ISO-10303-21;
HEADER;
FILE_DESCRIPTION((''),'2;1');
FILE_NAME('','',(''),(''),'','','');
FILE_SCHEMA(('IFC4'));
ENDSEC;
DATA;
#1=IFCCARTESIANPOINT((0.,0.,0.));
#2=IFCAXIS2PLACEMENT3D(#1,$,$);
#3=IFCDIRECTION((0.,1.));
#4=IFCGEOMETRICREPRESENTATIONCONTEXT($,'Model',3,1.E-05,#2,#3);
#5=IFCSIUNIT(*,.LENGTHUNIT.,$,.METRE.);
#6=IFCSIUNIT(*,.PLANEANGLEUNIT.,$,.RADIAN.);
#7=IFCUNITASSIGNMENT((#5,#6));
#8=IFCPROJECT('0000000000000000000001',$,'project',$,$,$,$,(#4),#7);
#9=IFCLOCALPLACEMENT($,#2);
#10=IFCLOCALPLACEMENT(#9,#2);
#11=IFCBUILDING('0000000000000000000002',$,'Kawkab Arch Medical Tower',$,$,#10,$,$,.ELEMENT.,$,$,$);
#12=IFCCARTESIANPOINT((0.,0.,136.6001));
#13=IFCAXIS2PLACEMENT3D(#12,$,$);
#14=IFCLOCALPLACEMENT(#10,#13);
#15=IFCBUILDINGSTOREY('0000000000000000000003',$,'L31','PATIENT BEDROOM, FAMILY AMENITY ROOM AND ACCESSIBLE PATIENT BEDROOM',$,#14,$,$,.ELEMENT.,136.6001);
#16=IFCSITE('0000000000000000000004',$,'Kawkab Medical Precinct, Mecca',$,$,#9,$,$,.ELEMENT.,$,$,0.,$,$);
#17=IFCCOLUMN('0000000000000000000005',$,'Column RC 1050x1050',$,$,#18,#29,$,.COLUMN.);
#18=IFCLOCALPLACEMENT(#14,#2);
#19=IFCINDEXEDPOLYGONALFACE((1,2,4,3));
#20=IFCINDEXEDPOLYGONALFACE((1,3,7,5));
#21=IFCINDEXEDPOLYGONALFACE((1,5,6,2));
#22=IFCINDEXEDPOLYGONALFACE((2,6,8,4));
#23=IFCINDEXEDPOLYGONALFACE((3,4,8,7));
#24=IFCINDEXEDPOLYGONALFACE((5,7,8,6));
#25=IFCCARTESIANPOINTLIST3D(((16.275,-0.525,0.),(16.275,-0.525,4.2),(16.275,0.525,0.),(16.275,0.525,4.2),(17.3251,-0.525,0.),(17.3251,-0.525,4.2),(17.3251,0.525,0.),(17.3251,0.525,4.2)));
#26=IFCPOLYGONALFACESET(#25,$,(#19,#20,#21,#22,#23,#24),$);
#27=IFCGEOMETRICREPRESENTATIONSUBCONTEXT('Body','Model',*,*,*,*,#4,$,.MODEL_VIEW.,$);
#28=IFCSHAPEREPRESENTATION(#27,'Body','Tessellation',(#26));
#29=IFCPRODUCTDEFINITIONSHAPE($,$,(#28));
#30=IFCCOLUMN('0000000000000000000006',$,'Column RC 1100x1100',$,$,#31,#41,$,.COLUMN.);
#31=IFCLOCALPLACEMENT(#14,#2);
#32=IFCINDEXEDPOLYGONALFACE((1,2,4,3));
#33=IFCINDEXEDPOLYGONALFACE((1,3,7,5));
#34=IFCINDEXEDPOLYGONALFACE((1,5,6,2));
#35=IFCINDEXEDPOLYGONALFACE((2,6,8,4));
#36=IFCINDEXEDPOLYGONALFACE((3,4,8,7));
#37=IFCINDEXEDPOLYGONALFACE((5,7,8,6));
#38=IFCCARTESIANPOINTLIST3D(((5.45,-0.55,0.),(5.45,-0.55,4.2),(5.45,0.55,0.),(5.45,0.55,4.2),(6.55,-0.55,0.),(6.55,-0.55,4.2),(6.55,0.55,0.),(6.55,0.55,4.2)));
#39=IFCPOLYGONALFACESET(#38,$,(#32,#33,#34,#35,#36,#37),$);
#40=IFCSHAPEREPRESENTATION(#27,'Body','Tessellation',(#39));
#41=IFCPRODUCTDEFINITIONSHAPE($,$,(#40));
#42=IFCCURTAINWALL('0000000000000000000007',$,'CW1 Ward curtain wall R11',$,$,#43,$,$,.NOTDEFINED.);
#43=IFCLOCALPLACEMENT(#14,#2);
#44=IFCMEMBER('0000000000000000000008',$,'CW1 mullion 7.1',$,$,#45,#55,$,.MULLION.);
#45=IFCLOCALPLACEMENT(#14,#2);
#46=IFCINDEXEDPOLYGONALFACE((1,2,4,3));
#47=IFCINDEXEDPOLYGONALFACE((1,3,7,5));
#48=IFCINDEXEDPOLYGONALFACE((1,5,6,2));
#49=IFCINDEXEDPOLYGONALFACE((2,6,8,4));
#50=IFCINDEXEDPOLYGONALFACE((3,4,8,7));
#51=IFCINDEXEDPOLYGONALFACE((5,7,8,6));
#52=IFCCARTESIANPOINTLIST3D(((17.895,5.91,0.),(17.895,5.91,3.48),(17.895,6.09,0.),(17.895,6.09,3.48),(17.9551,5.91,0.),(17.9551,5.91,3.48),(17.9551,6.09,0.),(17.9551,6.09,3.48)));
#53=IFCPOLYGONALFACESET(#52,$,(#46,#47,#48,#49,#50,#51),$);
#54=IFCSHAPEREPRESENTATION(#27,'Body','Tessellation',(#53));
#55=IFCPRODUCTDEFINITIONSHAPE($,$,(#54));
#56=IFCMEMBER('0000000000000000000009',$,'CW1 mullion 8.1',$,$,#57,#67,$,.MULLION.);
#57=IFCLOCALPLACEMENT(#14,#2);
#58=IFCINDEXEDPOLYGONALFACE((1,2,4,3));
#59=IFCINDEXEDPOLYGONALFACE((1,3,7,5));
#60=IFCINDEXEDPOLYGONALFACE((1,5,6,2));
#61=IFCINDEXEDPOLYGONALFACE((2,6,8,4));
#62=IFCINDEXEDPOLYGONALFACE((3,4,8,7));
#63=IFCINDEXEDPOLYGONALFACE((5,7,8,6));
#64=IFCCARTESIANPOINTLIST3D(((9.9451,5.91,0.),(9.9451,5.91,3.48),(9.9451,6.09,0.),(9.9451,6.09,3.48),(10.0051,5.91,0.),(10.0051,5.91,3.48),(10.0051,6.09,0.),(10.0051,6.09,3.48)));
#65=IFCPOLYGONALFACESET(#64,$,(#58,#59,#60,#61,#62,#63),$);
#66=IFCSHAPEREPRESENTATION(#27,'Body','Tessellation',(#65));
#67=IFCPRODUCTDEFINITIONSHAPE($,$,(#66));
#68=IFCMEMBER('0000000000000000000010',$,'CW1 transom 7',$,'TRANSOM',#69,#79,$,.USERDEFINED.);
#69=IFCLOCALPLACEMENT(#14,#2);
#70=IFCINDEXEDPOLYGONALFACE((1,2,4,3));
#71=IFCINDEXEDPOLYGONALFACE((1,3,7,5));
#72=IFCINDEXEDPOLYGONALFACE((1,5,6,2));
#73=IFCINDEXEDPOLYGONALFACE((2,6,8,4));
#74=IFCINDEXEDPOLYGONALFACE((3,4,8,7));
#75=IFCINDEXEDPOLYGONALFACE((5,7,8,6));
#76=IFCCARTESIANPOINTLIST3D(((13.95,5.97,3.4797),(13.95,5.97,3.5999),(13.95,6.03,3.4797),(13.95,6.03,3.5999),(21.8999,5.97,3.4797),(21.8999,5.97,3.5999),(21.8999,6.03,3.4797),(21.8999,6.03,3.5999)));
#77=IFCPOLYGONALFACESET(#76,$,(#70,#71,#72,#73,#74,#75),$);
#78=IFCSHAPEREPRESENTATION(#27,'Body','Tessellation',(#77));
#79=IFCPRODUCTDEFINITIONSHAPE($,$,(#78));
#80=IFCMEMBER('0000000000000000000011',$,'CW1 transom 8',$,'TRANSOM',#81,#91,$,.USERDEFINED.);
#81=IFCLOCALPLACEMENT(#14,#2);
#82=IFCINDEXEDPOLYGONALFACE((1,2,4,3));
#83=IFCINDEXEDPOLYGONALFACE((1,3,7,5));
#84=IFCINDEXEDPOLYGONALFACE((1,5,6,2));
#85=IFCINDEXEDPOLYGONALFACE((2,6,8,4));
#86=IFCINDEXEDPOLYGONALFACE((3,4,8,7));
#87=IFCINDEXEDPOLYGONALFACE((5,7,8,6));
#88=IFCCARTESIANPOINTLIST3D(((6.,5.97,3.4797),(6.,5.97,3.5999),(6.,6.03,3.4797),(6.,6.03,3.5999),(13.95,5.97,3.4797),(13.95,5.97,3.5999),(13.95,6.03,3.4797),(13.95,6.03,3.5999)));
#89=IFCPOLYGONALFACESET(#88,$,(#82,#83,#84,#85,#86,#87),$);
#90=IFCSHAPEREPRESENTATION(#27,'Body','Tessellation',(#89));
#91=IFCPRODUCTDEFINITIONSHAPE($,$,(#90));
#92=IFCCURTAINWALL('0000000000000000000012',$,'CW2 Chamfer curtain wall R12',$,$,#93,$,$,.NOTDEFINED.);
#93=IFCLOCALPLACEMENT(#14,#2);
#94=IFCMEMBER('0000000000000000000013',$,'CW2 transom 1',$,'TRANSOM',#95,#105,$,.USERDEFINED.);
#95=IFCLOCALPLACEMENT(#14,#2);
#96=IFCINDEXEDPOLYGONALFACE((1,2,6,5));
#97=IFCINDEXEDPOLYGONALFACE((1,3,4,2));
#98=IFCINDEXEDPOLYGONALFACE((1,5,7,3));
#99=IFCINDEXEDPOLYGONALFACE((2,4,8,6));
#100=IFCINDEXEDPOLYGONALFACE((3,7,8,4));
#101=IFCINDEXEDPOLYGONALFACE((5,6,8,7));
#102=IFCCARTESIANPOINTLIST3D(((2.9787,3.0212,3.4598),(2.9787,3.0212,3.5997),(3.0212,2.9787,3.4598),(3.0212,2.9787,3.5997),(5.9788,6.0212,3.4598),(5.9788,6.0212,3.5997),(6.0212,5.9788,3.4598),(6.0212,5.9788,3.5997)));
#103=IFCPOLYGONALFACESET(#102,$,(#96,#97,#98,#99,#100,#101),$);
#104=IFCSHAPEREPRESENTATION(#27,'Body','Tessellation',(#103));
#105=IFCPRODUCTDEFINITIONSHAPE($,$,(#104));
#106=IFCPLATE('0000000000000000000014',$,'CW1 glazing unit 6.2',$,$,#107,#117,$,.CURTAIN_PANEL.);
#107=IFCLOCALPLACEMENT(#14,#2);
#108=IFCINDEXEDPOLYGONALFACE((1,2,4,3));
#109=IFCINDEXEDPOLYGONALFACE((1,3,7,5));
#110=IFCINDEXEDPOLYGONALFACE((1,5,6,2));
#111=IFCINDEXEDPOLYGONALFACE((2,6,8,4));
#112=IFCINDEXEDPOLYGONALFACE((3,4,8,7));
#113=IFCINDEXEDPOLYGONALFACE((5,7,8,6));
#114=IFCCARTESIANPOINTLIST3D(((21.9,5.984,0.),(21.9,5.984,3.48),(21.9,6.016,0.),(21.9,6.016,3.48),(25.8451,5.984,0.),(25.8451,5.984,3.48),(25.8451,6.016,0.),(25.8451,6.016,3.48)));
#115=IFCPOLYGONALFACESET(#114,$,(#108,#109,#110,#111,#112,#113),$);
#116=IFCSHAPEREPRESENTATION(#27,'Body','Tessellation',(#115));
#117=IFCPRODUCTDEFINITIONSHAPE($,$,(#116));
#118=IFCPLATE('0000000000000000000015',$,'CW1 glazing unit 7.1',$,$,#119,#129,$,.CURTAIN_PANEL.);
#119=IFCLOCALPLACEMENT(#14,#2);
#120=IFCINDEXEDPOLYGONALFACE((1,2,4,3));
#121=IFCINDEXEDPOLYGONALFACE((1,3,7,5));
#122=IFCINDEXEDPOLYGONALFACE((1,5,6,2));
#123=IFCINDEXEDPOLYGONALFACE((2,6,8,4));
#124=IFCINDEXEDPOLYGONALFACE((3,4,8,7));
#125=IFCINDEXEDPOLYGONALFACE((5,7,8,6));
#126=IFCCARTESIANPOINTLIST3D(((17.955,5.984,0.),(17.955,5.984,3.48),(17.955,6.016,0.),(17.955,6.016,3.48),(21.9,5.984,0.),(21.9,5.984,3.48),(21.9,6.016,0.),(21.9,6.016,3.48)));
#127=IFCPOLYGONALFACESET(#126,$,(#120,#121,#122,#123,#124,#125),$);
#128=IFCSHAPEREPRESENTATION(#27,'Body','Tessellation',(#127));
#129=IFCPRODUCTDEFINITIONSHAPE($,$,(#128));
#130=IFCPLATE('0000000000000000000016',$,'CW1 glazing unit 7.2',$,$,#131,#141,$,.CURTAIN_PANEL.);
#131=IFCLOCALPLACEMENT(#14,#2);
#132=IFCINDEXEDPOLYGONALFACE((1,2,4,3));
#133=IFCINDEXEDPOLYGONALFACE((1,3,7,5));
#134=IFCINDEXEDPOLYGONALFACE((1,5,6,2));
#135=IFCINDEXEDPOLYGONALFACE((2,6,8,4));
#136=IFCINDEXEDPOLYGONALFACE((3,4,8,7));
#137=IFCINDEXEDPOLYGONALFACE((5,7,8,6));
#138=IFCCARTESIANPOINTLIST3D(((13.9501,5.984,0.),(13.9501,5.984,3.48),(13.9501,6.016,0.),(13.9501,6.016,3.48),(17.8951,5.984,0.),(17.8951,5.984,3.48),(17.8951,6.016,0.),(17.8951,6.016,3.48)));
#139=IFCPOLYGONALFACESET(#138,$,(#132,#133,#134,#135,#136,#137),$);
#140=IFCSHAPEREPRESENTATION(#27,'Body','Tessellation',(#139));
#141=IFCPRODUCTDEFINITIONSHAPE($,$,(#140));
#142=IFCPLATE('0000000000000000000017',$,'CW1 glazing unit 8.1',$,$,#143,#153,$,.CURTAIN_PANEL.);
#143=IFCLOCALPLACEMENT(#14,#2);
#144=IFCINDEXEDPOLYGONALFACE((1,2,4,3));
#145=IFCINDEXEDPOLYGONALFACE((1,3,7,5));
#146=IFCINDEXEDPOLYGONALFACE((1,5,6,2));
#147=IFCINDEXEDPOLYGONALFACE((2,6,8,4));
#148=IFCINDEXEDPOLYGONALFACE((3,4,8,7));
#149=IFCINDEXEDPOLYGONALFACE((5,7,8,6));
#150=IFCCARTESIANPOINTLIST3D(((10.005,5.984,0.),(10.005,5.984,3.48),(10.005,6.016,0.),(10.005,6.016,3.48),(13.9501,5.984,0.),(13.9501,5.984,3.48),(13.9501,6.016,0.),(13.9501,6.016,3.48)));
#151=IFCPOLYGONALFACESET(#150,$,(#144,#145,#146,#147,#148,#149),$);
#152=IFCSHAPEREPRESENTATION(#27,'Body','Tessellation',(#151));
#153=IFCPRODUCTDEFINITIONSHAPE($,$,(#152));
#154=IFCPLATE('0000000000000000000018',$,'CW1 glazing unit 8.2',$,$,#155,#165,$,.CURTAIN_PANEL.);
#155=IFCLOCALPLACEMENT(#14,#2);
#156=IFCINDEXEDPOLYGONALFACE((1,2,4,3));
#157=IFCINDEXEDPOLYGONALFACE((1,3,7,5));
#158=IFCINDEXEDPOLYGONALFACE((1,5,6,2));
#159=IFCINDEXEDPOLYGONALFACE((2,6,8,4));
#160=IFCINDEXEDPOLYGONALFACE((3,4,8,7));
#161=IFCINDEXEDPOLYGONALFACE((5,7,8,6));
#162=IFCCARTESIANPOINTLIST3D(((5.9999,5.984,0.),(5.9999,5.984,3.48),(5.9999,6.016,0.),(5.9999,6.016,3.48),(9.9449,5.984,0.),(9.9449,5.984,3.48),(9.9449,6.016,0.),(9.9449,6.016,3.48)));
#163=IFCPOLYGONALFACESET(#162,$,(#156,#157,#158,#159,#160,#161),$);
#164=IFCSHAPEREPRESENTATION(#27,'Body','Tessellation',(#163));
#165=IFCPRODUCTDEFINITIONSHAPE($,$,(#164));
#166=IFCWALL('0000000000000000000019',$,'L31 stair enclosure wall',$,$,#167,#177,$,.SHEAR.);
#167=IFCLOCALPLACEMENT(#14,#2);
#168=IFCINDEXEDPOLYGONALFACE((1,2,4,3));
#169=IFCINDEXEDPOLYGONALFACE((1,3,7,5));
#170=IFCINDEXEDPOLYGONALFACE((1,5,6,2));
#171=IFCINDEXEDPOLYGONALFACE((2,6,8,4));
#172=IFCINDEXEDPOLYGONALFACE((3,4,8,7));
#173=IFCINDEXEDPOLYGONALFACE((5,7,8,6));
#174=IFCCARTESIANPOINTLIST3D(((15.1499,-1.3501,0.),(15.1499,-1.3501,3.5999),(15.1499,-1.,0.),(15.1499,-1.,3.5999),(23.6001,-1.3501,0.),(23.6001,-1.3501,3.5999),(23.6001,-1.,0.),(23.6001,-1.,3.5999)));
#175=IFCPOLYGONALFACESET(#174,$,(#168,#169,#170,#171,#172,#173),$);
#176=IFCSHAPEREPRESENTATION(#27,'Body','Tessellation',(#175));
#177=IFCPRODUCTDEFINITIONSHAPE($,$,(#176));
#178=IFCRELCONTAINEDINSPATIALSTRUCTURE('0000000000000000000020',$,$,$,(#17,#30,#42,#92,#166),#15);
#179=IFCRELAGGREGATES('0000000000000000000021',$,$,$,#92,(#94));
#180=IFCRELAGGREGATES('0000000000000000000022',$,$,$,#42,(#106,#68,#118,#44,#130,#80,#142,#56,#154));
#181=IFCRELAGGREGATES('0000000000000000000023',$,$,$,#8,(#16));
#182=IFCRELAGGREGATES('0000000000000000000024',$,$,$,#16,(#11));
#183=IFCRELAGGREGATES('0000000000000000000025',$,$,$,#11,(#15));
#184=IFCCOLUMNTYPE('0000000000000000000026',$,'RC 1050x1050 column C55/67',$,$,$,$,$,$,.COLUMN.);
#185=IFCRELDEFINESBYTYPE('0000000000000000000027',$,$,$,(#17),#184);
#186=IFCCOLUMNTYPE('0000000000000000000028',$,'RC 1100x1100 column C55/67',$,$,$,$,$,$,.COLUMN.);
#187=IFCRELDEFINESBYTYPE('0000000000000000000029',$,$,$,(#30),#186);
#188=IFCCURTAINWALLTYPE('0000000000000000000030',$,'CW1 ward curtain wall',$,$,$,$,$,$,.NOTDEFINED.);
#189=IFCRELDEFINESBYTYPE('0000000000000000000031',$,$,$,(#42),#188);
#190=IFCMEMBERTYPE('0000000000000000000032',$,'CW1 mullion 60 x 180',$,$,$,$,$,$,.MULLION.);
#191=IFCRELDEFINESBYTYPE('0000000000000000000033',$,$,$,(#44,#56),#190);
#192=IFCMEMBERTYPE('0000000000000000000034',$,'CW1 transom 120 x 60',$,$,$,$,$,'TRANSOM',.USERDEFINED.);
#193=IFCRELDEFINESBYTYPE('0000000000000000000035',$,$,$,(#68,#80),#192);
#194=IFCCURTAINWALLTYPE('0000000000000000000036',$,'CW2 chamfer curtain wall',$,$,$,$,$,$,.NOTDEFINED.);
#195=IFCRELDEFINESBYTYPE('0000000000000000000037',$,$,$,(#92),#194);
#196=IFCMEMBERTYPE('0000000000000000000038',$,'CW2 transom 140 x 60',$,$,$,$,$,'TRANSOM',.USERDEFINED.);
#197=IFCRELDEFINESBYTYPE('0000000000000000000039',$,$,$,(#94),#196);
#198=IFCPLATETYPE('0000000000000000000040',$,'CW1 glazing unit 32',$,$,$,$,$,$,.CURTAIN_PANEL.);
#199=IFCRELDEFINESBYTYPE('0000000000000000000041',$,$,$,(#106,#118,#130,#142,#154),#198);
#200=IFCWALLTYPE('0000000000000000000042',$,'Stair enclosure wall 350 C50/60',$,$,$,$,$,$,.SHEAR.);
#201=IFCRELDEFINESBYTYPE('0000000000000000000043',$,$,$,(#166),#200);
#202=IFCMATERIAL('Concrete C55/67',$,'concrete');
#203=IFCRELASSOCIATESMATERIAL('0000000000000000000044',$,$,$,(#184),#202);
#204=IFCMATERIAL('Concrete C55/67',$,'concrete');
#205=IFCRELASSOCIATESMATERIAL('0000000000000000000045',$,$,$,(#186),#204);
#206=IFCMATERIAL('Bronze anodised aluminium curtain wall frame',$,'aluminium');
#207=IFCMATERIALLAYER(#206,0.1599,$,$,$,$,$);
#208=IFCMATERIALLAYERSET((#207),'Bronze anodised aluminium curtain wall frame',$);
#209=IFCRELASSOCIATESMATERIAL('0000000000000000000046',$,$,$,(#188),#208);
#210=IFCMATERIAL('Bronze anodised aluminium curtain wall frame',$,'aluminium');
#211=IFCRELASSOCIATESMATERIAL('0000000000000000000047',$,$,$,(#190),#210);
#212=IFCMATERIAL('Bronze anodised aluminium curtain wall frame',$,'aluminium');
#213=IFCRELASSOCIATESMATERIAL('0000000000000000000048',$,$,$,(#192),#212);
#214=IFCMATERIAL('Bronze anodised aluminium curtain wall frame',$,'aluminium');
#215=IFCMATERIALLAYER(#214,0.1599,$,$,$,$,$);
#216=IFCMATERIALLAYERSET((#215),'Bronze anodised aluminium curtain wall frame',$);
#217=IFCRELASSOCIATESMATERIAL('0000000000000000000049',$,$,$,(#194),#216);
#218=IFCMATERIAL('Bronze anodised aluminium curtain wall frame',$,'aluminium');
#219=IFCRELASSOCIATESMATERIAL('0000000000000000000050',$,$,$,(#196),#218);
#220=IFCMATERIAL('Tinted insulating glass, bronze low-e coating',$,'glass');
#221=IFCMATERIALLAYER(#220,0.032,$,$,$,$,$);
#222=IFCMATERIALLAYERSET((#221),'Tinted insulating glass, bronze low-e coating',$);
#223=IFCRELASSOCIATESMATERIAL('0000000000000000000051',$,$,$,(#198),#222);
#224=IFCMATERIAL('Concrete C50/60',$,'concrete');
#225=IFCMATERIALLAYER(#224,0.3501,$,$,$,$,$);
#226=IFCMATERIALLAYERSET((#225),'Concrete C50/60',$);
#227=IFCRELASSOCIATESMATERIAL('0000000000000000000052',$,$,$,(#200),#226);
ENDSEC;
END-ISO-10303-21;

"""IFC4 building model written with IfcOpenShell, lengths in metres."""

from ifc_helpers import new_model, si_unit, direction, frame, frame_2d, origin, origin_2d, place, context, subcontext, project, spatial, rectangle, extrude, material, layer, layer_set, material_profile, profile_set, type_object, element, aggregate, save


model = new_model("IFC4")

# Units and contexts
model_context = context("Model", 3, precision=1e-05, world=origin(), true_north=direction((0.0, 1.0)))
body_context = subcontext(model_context, "Body", "Model", "MODEL_VIEW")
ifc_project = project(units=[si_unit("LENGTHUNIT", "METRE"), si_unit("PLANEANGLEUNIT", "RADIAN")], contexts=[model_context])

# Site, building, storey
site_placement = place(None, origin())
site = spatial("IfcSite", under=ifc_project, at=site_placement, Name="Kawkab Medical Precinct, Mecca", CompositionType="ELEMENT", RefElevation=0.0)
building_placement = place(site_placement, origin())
building = spatial("IfcBuilding", under=site, at=building_placement, Name="Kawkab Arch Medical Tower", CompositionType="ELEMENT")
storey_placement = place(building_placement, frame((0.0, 0.0, 136.6001)))
storey = spatial("IfcBuildingStorey", under=building, at=storey_placement, Name="L31", Description="PATIENT BEDROOM, FAMILY AMENITY ROOM AND ACCESSIBLE PATIENT BEDROOM", CompositionType="ELEMENT", Elevation=136.6001)

# Columns
ifc_material_1 = material(Name="Concrete C55/67", Category="concrete")
ifc_material_profile_1 = material_profile(ifc_material_1, rectangle(XDim=1.05, YDim=1.05, at=origin_2d()), Name="RC 1050x1050")
ifc_profile_set_1 = profile_set([ifc_material_profile_1], Name="Concrete C55/67")
column_type_1 = type_object("IfcColumnType", Name="RC 1050x1050 column C55/67", PredefinedType="COLUMN", material=ifc_profile_set_1)
column_1_placement = place(storey_placement, frame((16.8, 0.0, 0.0), z_axis=(0.0, 0.0, 1.0), x_axis=(1.0, 0.0, 0.0)))
element("IfcColumn", 1, at=column_1_placement, inside=storey, type_object=column_type_1, Name="Column RC 1050x1050", PredefinedType="COLUMN", context=body_context, shape_type="SweptSolid", body=[
    extrude(rectangle(XDim=1.05, YDim=1.05, at=origin_2d()), origin(), (0.0, 0.0, 1.0), 4.2),
])
ifc_material_2 = material(Name="Concrete C55/67", Category="concrete")
ifc_material_profile_2 = material_profile(ifc_material_2, rectangle(XDim=1.1001, YDim=1.1001, at=origin_2d()), Name="RC 1100x1100")
ifc_profile_set_2 = profile_set([ifc_material_profile_2], Name="Concrete C55/67")
column_type_2 = type_object("IfcColumnType", Name="RC 1100x1100 column C55/67", PredefinedType="COLUMN", material=ifc_profile_set_2)
column_2_placement = place(storey_placement, frame((6.0, 0.0, 0.0), z_axis=(0.0, 0.0, 1.0), x_axis=(1.0, 0.0, 0.0)))
element("IfcColumn", 2, at=column_2_placement, inside=storey, type_object=column_type_2, Name="Column RC 1100x1100", PredefinedType="COLUMN", context=body_context, shape_type="SweptSolid", body=[
    extrude(rectangle(XDim=1.1001, YDim=1.1001, at=origin_2d()), origin(), (0.0, 0.0, 1.0), 4.2),
])

# Curtain wall, members
ifc_material_3 = material(Name="Bronze anodised aluminium curtain wall frame", Category="aluminium")
ifc_layer_1 = layer(ifc_material_3, 0.1599)
ifc_layer_set_1 = layer_set([ifc_layer_1], Name="Bronze anodised aluminium curtain wall frame")
curtain_wall_type_1 = type_object("IfcCurtainWallType", Name="CW1 ward curtain wall", PredefinedType="NOTDEFINED", material=ifc_layer_set_1)
placement = place(storey_placement, origin())
curtain_wall_1 = element("IfcCurtainWall", 3, at=placement, inside=storey, type_object=curtain_wall_type_1, Name="CW1 Ward curtain wall R11", PredefinedType="NOTDEFINED")
ifc_material_4 = material(Name="Bronze anodised aluminium curtain wall frame", Category="aluminium")
ifc_material_profile_3 = material_profile(ifc_material_4, rectangle(XDim=0.1799, YDim=0.0601, at=origin_2d()), Name="AL 60x180")
ifc_profile_set_3 = profile_set([ifc_material_profile_3], Name="Bronze anodised aluminium curtain wall frame")
member_type_1 = type_object("IfcMemberType", Name="CW1 mullion 60 x 180", PredefinedType="MULLION", material=ifc_profile_set_3)
member_1_placement = place(storey_placement, frame((17.925, 6.0, 0.0), z_axis=(0.0, 0.0, 1.0), x_axis=(0.0, -1.0, 0.0)))
member_1 = element("IfcMember", 4, at=member_1_placement, type_object=member_type_1, Name="CW1 mullion 7.1", PredefinedType="MULLION", context=body_context, shape_type="SweptSolid", body=[
    extrude(rectangle(XDim=0.1799, YDim=0.0601, at=origin_2d()), origin(), (0.0, 0.0, 1.0), 3.48),
])
member_2_placement = place(storey_placement, frame((9.9751, 6.0, 0.0), z_axis=(0.0, 0.0, 1.0), x_axis=(0.0, -1.0, 0.0)))
member_2 = element("IfcMember", 5, at=member_2_placement, type_object=member_type_1, Name="CW1 mullion 8.1", PredefinedType="MULLION", context=body_context, shape_type="SweptSolid", body=[
    extrude(rectangle(XDim=0.1799, YDim=0.0601, at=origin_2d()), origin(), (0.0, 0.0, 1.0), 3.48),
])
ifc_material_5 = material(Name="Bronze anodised aluminium curtain wall frame", Category="aluminium")
ifc_material_profile_4 = material_profile(ifc_material_5, rectangle(XDim=0.0601, YDim=0.1201, at=origin_2d()), Name="AL 60x120")
ifc_profile_set_4 = profile_set([ifc_material_profile_4], Name="Bronze anodised aluminium curtain wall frame")
member_type_2 = type_object("IfcMemberType", Name="CW1 transom 120 x 60", ElementType="TRANSOM", PredefinedType="USERDEFINED", material=ifc_profile_set_4)
member_3_placement = place(storey_placement, frame((21.8999, 6.0, 3.5398), z_axis=(-1.0, 0.0, 0.0), x_axis=(0.0, -1.0, 0.0)))
member_3 = element("IfcMember", 6, at=member_3_placement, type_object=member_type_2, Name="CW1 transom 7", ObjectType="TRANSOM", PredefinedType="USERDEFINED", context=body_context, shape_type="SweptSolid", body=[
    extrude(rectangle(XDim=0.0601, YDim=0.1201, at=origin_2d()), origin(), (0.0, 0.0, 1.0), 7.95),
])
member_4_placement = place(storey_placement, frame((13.95, 6.0, 3.5398), z_axis=(-1.0, 0.0, 0.0), x_axis=(0.0, -1.0, 0.0)))
member_4 = element("IfcMember", 7, at=member_4_placement, type_object=member_type_2, Name="CW1 transom 8", ObjectType="TRANSOM", PredefinedType="USERDEFINED", context=body_context, shape_type="SweptSolid", body=[
    extrude(rectangle(XDim=0.0601, YDim=0.1201, at=origin_2d()), origin(), (0.0, 0.0, 1.0), 7.95),
])

# Curtain wall, member
ifc_material_6 = material(Name="Bronze anodised aluminium curtain wall frame", Category="aluminium")
ifc_layer_2 = layer(ifc_material_6, 0.1599)
ifc_layer_set_2 = layer_set([ifc_layer_2], Name="Bronze anodised aluminium curtain wall frame")
curtain_wall_type_2 = type_object("IfcCurtainWallType", Name="CW2 chamfer curtain wall", PredefinedType="NOTDEFINED", material=ifc_layer_set_2)
curtain_wall_2 = element("IfcCurtainWall", 8, at=placement, inside=storey, type_object=curtain_wall_type_2, Name="CW2 Chamfer curtain wall R12", PredefinedType="NOTDEFINED")
ifc_material_7 = material(Name="Bronze anodised aluminium curtain wall frame", Category="aluminium")
ifc_material_profile_5 = material_profile(ifc_material_7, rectangle(XDim=0.0601, YDim=0.1399, at=origin_2d()), Name="AL 60x140")
ifc_profile_set_5 = profile_set([ifc_material_profile_5], Name="Bronze anodised aluminium curtain wall frame")
member_type_3 = type_object("IfcMemberType", Name="CW2 transom 140 x 60", ElementType="TRANSOM", PredefinedType="USERDEFINED", material=ifc_profile_set_5)
member_5_placement = place(storey_placement, frame((6.0, 6.0, 3.5298), z_axis=(-0.707107, -0.707107, 0.0), x_axis=(0.707107, -0.707107, 0.0)))
member_5 = element("IfcMember", 9, at=member_5_placement, type_object=member_type_3, Name="CW2 transom 1", ObjectType="TRANSOM", PredefinedType="USERDEFINED", context=body_context, shape_type="SweptSolid", body=[
    extrude(rectangle(XDim=0.0601, YDim=0.1399, at=origin_2d()), origin(), (0.0, 0.0, 1.0), 4.2427),
])
aggregate(curtain_wall_2, [member_5])

# Plates
ifc_material_8 = material(Name="Tinted insulating glass, bronze low-e coating", Category="glass")
ifc_layer_3 = layer(ifc_material_8, 0.032)
ifc_layer_set_3 = layer_set([ifc_layer_3], Name="Tinted insulating glass, bronze low-e coating")
plate_type = type_object("IfcPlateType", Name="CW1 glazing unit 32", PredefinedType="CURTAIN_PANEL", material=ifc_layer_set_3)
plate_1_placement = place(storey_placement, frame((23.8726, 6.0, 0.0), z_axis=(0.0, 0.0, 1.0), x_axis=(-1.0, 0.0, 0.0)))
plate_1 = element("IfcPlate", 10, at=plate_1_placement, type_object=plate_type, Name="CW1 glazing unit 6.2", PredefinedType="CURTAIN_PANEL", context=body_context, shape_type="SweptSolid", body=[
    extrude(rectangle(XDim=3.9451, YDim=0.032, at=origin_2d()), origin(), (0.0, 0.0, 1.0), 3.48),
])
plate_2_placement = place(storey_placement, frame((19.9275, 6.0, 0.0), z_axis=(0.0, 0.0, 1.0), x_axis=(-1.0, 0.0, 0.0)))
plate_2 = element("IfcPlate", 11, at=plate_2_placement, type_object=plate_type, Name="CW1 glazing unit 7.1", PredefinedType="CURTAIN_PANEL", context=body_context, shape_type="SweptSolid", body=[
    extrude(rectangle(XDim=3.9451, YDim=0.032, at=origin_2d()), origin(), (0.0, 0.0, 1.0), 3.48),
])
plate_3_placement = place(storey_placement, frame((15.9226, 6.0, 0.0), z_axis=(0.0, 0.0, 1.0), x_axis=(-1.0, 0.0, 0.0)))
plate_3 = element("IfcPlate", 12, at=plate_3_placement, type_object=plate_type, Name="CW1 glazing unit 7.2", PredefinedType="CURTAIN_PANEL", context=body_context, shape_type="SweptSolid", body=[
    extrude(rectangle(XDim=3.9451, YDim=0.032, at=origin_2d()), origin(), (0.0, 0.0, 1.0), 3.48),
])
plate_4_placement = place(storey_placement, frame((11.9775, 6.0, 0.0), z_axis=(0.0, 0.0, 1.0), x_axis=(-1.0, 0.0, 0.0)))
plate_4 = element("IfcPlate", 13, at=plate_4_placement, type_object=plate_type, Name="CW1 glazing unit 8.1", PredefinedType="CURTAIN_PANEL", context=body_context, shape_type="SweptSolid", body=[
    extrude(rectangle(XDim=3.9451, YDim=0.032, at=origin_2d()), origin(), (0.0, 0.0, 1.0), 3.48),
])
plate_5_placement = place(storey_placement, frame((7.9724, 6.0, 0.0), z_axis=(0.0, 0.0, 1.0), x_axis=(-1.0, 0.0, 0.0)))
plate_5 = element("IfcPlate", 14, at=plate_5_placement, type_object=plate_type, Name="CW1 glazing unit 8.2", PredefinedType="CURTAIN_PANEL", context=body_context, shape_type="SweptSolid", body=[
    extrude(rectangle(XDim=3.9451, YDim=0.032, at=origin_2d()), origin(), (0.0, 0.0, 1.0), 3.48),
])
aggregate(curtain_wall_1, [plate_1, member_3, plate_2, member_1, plate_3, member_4, plate_4, member_2, plate_5])

# Wall
ifc_material_9 = material(Name="Concrete C50/60", Category="concrete")
ifc_layer_4 = layer(ifc_material_9, 0.3501)
ifc_layer_set_4 = layer_set([ifc_layer_4], Name="Concrete C50/60")
wall_type = type_object("IfcWallType", Name="Stair enclosure wall 350 C50/60", PredefinedType="SHEAR", material=ifc_layer_set_4)
wall_placement = place(storey_placement, frame((15.1499, -1.175, 0.0), z_axis=(0.0, 0.0, 1.0), x_axis=(1.0, 0.0, 0.0)))
element("IfcWall", 15, at=wall_placement, inside=storey, type_object=wall_type, Name="L31 stair enclosure wall", PredefinedType="SHEAR", context=body_context, shape_type="SweptSolid", body=[
    extrude(rectangle(XDim=8.4502, YDim=0.3501, at=frame_2d((4.2251, 0.0))), origin(), (0.0, 0.0, 1.0), 3.5999),
])

save(model, "model.ifc")
